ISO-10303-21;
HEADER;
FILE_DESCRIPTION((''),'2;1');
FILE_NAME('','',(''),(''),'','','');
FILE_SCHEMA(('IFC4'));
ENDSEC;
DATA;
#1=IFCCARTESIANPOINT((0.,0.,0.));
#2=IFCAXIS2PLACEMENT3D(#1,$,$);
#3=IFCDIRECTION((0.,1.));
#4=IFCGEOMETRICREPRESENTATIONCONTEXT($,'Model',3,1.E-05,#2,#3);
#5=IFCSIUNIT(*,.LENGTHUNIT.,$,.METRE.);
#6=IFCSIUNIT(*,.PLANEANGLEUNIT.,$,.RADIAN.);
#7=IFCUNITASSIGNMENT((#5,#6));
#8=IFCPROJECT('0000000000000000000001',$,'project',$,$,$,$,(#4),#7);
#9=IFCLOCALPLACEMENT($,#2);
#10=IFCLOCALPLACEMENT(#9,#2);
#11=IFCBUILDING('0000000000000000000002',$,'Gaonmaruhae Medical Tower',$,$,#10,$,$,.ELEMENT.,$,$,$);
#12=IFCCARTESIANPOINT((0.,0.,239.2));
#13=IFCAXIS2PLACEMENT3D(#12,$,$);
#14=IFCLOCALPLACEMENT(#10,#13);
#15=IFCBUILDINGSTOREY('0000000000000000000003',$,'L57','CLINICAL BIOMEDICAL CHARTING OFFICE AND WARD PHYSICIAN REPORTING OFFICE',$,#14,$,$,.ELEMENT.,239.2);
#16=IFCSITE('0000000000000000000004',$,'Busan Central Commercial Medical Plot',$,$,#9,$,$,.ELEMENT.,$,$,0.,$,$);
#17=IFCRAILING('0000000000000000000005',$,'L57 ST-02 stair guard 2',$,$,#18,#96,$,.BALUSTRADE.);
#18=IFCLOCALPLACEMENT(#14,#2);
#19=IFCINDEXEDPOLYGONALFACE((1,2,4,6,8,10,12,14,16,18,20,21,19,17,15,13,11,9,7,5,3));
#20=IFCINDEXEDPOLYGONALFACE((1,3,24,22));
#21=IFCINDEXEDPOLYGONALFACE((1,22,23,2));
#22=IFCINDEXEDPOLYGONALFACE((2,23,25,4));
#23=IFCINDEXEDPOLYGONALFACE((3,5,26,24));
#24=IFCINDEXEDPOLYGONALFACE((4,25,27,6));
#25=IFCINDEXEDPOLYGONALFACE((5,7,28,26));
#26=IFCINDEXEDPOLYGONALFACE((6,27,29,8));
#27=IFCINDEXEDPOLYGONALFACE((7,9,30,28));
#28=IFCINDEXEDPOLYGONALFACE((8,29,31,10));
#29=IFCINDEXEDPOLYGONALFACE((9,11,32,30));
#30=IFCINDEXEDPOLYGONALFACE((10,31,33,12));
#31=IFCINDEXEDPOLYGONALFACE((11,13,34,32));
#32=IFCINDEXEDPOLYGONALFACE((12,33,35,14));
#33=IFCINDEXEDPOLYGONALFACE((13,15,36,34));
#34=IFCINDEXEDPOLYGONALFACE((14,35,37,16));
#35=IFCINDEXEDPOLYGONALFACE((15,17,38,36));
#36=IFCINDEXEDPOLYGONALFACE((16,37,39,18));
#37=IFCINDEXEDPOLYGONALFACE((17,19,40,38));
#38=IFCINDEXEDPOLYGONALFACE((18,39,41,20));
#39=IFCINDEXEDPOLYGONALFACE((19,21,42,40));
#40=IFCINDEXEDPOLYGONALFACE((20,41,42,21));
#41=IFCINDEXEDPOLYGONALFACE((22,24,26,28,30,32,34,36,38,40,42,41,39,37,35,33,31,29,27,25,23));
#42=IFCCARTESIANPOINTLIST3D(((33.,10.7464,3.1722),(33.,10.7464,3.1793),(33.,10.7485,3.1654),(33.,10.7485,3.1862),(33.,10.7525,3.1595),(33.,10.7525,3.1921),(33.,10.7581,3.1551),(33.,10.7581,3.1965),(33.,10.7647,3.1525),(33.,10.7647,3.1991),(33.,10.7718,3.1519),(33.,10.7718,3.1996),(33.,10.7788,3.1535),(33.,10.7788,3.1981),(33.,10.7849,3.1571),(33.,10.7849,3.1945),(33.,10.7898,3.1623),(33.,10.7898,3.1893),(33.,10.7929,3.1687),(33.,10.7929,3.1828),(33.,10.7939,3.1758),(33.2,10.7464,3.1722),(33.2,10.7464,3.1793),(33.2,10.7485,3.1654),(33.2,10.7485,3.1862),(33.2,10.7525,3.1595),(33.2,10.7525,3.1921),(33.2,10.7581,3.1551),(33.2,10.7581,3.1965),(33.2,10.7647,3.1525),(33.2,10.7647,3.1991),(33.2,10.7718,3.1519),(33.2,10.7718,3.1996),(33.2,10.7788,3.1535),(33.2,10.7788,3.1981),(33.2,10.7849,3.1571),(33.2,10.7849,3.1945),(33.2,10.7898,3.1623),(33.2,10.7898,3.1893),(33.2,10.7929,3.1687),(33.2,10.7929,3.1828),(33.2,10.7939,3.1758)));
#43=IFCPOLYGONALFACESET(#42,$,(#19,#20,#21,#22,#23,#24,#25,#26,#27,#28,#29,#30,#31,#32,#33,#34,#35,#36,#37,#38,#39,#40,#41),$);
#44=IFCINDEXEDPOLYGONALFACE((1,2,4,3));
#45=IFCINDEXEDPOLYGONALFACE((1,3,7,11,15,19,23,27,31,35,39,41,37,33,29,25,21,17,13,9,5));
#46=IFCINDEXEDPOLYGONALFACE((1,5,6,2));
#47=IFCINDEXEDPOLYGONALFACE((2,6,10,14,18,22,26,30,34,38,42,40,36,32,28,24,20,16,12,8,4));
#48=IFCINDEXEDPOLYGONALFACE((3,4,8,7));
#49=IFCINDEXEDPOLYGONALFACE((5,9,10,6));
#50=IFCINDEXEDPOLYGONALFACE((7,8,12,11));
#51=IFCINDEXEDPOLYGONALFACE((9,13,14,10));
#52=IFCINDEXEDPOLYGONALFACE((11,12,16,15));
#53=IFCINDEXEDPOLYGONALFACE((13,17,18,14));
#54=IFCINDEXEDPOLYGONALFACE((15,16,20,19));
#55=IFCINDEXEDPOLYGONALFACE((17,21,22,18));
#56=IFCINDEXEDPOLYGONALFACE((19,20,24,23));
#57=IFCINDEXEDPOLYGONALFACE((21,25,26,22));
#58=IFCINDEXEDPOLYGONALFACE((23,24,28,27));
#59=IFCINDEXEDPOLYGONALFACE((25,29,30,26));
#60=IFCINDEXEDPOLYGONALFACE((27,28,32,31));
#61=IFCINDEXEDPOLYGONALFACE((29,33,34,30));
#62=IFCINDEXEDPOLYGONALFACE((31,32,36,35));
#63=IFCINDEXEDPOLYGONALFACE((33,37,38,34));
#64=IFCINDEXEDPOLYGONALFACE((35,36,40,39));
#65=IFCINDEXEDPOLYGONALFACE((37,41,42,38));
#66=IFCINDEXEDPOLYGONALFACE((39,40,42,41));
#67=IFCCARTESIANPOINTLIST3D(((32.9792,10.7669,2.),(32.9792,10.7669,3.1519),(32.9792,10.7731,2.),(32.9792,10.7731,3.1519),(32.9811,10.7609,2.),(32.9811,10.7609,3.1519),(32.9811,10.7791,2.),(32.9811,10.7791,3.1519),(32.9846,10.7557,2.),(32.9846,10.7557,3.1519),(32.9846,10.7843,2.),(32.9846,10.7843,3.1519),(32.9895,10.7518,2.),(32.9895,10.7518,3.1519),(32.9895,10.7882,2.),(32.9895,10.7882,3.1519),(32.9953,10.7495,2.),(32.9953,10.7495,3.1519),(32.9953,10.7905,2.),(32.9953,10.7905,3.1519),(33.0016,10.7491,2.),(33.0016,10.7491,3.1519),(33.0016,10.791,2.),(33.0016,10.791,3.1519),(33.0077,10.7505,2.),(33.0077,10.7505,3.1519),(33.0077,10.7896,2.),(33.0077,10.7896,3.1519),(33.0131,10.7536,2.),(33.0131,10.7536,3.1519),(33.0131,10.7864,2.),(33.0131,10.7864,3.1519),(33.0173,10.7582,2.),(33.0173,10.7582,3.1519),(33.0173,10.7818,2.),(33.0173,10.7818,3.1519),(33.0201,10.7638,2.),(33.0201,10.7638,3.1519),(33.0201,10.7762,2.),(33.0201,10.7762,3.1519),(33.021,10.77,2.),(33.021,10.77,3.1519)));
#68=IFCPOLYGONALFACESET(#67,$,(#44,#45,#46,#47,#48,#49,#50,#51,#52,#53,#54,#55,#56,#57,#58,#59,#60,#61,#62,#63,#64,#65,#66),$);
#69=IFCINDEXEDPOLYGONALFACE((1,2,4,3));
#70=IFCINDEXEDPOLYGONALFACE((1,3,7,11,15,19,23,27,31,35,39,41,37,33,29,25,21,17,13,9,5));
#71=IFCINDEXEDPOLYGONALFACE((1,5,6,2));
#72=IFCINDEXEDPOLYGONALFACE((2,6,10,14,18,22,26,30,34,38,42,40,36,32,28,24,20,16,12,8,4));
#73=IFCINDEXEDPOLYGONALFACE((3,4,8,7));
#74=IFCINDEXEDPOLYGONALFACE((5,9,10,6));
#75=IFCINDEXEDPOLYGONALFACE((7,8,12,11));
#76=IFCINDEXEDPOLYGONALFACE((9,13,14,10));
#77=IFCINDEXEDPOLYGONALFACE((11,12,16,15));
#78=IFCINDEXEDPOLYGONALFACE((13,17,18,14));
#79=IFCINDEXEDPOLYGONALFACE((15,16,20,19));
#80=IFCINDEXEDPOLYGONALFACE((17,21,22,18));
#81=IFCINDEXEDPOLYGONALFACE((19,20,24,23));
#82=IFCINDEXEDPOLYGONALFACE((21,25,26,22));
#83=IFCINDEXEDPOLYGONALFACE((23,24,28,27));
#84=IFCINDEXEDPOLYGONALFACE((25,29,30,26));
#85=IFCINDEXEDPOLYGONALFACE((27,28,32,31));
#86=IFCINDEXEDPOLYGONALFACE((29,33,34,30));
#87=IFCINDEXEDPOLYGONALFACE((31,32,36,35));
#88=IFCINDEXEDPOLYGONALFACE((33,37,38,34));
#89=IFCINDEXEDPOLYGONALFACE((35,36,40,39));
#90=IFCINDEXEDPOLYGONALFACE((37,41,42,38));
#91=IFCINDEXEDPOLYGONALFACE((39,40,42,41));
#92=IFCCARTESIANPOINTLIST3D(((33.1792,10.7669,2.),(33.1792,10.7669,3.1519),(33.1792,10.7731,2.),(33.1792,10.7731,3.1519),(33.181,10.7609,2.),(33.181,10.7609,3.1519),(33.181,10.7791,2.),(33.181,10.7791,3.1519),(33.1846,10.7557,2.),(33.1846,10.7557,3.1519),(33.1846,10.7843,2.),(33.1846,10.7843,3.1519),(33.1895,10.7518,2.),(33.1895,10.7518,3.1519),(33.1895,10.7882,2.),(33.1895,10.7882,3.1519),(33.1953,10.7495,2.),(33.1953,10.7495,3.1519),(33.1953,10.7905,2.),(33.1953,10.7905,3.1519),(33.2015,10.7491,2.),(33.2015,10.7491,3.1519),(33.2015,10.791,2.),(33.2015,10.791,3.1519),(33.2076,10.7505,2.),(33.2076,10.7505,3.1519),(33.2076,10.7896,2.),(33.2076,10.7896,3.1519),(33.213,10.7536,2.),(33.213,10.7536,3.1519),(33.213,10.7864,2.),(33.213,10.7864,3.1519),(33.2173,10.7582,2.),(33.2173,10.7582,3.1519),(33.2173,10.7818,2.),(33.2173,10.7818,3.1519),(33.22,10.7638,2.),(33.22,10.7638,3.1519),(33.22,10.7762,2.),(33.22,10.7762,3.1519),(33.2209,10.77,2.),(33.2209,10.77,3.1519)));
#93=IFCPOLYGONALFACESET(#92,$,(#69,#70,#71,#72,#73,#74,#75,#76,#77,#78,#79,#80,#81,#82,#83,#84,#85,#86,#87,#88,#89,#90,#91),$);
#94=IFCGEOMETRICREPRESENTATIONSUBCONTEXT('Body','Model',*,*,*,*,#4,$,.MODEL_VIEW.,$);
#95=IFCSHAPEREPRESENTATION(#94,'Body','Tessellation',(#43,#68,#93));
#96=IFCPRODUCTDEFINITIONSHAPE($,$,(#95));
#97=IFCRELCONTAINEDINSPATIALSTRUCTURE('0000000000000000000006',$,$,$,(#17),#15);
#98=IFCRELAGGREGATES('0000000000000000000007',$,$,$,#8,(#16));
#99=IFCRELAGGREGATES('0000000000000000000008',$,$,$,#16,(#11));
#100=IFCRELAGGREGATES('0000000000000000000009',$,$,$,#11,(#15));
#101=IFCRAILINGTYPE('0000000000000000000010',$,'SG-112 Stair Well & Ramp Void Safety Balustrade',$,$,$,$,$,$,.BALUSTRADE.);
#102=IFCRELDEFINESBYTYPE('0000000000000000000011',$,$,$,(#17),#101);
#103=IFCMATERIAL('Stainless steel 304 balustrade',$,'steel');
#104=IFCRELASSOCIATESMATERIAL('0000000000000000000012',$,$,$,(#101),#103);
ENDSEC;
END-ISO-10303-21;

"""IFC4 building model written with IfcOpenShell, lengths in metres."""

from ifc_helpers import new_model, si_unit, direction, frame, origin, origin_2d, place, context, subcontext, project, spatial, circle, extrude, material, type_object, element, save


model = new_model("IFC4")

# Units and contexts
model_context = context("Model", 3, precision=1e-05, world=origin(), true_north=direction((0.0, 1.0)))
body_context = subcontext(model_context, "Body", "Model", "MODEL_VIEW")
ifc_project = project(units=[si_unit("LENGTHUNIT", "METRE"), si_unit("PLANEANGLEUNIT", "RADIAN")], contexts=[model_context])

# Site, building, storey
site_placement = place(None, origin())
site = spatial("IfcSite", under=ifc_project, at=site_placement, Name="Busan Central Commercial Medical Plot", CompositionType="ELEMENT", RefElevation=0.0)
building_placement = place(site_placement, origin())
building = spatial("IfcBuilding", under=site, at=building_placement, Name="Gaonmaruhae Medical Tower", CompositionType="ELEMENT")
storey_placement = place(building_placement, frame((0.0, 0.0, 239.2)))
storey = spatial("IfcBuildingStorey", under=building, at=storey_placement, Name="L57", Description="CLINICAL BIOMEDICAL CHARTING OFFICE AND WARD PHYSICIAN REPORTING OFFICE", CompositionType="ELEMENT", Elevation=239.2)

# Railing
ifc_material_1 = material(Name="Stainless steel 304 balustrade", Category="steel")
railing_type_1 = type_object("IfcRailingType", Name="SG-112 Stair Well & Ramp Void Safety Balustrade", PredefinedType="BALUSTRADE", material=ifc_material_1)
railing_1_placement = place(storey_placement, frame((33.0, 10.77, 2.0)))
element("IfcRailing", 1, at=railing_1_placement, inside=storey, type_object=railing_type_1, Name="L57 ST-02 stair guard 2", PredefinedType="BALUSTRADE", context=body_context, shape_type="SweptSolid", body=[
    extrude(circle(Radius=0.0239, at=origin_2d()), frame((0.0, 0.0, 1.1758), z_axis=(1.0, 0.0, 0.0), x_axis=(0.0, 1.0, 0.0)), (0.0, 0.0, 1.0), 0.2),
    extrude(circle(Radius=0.021, at=origin_2d()), origin(), (0.0, 0.0, 1.0), 1.1519),
    extrude(circle(Radius=0.021, at=origin_2d()), frame((0.2, 0.0, 0.0)), (0.0, 0.0, 1.0), 1.1519),
])

save(model, "model.ifc")
